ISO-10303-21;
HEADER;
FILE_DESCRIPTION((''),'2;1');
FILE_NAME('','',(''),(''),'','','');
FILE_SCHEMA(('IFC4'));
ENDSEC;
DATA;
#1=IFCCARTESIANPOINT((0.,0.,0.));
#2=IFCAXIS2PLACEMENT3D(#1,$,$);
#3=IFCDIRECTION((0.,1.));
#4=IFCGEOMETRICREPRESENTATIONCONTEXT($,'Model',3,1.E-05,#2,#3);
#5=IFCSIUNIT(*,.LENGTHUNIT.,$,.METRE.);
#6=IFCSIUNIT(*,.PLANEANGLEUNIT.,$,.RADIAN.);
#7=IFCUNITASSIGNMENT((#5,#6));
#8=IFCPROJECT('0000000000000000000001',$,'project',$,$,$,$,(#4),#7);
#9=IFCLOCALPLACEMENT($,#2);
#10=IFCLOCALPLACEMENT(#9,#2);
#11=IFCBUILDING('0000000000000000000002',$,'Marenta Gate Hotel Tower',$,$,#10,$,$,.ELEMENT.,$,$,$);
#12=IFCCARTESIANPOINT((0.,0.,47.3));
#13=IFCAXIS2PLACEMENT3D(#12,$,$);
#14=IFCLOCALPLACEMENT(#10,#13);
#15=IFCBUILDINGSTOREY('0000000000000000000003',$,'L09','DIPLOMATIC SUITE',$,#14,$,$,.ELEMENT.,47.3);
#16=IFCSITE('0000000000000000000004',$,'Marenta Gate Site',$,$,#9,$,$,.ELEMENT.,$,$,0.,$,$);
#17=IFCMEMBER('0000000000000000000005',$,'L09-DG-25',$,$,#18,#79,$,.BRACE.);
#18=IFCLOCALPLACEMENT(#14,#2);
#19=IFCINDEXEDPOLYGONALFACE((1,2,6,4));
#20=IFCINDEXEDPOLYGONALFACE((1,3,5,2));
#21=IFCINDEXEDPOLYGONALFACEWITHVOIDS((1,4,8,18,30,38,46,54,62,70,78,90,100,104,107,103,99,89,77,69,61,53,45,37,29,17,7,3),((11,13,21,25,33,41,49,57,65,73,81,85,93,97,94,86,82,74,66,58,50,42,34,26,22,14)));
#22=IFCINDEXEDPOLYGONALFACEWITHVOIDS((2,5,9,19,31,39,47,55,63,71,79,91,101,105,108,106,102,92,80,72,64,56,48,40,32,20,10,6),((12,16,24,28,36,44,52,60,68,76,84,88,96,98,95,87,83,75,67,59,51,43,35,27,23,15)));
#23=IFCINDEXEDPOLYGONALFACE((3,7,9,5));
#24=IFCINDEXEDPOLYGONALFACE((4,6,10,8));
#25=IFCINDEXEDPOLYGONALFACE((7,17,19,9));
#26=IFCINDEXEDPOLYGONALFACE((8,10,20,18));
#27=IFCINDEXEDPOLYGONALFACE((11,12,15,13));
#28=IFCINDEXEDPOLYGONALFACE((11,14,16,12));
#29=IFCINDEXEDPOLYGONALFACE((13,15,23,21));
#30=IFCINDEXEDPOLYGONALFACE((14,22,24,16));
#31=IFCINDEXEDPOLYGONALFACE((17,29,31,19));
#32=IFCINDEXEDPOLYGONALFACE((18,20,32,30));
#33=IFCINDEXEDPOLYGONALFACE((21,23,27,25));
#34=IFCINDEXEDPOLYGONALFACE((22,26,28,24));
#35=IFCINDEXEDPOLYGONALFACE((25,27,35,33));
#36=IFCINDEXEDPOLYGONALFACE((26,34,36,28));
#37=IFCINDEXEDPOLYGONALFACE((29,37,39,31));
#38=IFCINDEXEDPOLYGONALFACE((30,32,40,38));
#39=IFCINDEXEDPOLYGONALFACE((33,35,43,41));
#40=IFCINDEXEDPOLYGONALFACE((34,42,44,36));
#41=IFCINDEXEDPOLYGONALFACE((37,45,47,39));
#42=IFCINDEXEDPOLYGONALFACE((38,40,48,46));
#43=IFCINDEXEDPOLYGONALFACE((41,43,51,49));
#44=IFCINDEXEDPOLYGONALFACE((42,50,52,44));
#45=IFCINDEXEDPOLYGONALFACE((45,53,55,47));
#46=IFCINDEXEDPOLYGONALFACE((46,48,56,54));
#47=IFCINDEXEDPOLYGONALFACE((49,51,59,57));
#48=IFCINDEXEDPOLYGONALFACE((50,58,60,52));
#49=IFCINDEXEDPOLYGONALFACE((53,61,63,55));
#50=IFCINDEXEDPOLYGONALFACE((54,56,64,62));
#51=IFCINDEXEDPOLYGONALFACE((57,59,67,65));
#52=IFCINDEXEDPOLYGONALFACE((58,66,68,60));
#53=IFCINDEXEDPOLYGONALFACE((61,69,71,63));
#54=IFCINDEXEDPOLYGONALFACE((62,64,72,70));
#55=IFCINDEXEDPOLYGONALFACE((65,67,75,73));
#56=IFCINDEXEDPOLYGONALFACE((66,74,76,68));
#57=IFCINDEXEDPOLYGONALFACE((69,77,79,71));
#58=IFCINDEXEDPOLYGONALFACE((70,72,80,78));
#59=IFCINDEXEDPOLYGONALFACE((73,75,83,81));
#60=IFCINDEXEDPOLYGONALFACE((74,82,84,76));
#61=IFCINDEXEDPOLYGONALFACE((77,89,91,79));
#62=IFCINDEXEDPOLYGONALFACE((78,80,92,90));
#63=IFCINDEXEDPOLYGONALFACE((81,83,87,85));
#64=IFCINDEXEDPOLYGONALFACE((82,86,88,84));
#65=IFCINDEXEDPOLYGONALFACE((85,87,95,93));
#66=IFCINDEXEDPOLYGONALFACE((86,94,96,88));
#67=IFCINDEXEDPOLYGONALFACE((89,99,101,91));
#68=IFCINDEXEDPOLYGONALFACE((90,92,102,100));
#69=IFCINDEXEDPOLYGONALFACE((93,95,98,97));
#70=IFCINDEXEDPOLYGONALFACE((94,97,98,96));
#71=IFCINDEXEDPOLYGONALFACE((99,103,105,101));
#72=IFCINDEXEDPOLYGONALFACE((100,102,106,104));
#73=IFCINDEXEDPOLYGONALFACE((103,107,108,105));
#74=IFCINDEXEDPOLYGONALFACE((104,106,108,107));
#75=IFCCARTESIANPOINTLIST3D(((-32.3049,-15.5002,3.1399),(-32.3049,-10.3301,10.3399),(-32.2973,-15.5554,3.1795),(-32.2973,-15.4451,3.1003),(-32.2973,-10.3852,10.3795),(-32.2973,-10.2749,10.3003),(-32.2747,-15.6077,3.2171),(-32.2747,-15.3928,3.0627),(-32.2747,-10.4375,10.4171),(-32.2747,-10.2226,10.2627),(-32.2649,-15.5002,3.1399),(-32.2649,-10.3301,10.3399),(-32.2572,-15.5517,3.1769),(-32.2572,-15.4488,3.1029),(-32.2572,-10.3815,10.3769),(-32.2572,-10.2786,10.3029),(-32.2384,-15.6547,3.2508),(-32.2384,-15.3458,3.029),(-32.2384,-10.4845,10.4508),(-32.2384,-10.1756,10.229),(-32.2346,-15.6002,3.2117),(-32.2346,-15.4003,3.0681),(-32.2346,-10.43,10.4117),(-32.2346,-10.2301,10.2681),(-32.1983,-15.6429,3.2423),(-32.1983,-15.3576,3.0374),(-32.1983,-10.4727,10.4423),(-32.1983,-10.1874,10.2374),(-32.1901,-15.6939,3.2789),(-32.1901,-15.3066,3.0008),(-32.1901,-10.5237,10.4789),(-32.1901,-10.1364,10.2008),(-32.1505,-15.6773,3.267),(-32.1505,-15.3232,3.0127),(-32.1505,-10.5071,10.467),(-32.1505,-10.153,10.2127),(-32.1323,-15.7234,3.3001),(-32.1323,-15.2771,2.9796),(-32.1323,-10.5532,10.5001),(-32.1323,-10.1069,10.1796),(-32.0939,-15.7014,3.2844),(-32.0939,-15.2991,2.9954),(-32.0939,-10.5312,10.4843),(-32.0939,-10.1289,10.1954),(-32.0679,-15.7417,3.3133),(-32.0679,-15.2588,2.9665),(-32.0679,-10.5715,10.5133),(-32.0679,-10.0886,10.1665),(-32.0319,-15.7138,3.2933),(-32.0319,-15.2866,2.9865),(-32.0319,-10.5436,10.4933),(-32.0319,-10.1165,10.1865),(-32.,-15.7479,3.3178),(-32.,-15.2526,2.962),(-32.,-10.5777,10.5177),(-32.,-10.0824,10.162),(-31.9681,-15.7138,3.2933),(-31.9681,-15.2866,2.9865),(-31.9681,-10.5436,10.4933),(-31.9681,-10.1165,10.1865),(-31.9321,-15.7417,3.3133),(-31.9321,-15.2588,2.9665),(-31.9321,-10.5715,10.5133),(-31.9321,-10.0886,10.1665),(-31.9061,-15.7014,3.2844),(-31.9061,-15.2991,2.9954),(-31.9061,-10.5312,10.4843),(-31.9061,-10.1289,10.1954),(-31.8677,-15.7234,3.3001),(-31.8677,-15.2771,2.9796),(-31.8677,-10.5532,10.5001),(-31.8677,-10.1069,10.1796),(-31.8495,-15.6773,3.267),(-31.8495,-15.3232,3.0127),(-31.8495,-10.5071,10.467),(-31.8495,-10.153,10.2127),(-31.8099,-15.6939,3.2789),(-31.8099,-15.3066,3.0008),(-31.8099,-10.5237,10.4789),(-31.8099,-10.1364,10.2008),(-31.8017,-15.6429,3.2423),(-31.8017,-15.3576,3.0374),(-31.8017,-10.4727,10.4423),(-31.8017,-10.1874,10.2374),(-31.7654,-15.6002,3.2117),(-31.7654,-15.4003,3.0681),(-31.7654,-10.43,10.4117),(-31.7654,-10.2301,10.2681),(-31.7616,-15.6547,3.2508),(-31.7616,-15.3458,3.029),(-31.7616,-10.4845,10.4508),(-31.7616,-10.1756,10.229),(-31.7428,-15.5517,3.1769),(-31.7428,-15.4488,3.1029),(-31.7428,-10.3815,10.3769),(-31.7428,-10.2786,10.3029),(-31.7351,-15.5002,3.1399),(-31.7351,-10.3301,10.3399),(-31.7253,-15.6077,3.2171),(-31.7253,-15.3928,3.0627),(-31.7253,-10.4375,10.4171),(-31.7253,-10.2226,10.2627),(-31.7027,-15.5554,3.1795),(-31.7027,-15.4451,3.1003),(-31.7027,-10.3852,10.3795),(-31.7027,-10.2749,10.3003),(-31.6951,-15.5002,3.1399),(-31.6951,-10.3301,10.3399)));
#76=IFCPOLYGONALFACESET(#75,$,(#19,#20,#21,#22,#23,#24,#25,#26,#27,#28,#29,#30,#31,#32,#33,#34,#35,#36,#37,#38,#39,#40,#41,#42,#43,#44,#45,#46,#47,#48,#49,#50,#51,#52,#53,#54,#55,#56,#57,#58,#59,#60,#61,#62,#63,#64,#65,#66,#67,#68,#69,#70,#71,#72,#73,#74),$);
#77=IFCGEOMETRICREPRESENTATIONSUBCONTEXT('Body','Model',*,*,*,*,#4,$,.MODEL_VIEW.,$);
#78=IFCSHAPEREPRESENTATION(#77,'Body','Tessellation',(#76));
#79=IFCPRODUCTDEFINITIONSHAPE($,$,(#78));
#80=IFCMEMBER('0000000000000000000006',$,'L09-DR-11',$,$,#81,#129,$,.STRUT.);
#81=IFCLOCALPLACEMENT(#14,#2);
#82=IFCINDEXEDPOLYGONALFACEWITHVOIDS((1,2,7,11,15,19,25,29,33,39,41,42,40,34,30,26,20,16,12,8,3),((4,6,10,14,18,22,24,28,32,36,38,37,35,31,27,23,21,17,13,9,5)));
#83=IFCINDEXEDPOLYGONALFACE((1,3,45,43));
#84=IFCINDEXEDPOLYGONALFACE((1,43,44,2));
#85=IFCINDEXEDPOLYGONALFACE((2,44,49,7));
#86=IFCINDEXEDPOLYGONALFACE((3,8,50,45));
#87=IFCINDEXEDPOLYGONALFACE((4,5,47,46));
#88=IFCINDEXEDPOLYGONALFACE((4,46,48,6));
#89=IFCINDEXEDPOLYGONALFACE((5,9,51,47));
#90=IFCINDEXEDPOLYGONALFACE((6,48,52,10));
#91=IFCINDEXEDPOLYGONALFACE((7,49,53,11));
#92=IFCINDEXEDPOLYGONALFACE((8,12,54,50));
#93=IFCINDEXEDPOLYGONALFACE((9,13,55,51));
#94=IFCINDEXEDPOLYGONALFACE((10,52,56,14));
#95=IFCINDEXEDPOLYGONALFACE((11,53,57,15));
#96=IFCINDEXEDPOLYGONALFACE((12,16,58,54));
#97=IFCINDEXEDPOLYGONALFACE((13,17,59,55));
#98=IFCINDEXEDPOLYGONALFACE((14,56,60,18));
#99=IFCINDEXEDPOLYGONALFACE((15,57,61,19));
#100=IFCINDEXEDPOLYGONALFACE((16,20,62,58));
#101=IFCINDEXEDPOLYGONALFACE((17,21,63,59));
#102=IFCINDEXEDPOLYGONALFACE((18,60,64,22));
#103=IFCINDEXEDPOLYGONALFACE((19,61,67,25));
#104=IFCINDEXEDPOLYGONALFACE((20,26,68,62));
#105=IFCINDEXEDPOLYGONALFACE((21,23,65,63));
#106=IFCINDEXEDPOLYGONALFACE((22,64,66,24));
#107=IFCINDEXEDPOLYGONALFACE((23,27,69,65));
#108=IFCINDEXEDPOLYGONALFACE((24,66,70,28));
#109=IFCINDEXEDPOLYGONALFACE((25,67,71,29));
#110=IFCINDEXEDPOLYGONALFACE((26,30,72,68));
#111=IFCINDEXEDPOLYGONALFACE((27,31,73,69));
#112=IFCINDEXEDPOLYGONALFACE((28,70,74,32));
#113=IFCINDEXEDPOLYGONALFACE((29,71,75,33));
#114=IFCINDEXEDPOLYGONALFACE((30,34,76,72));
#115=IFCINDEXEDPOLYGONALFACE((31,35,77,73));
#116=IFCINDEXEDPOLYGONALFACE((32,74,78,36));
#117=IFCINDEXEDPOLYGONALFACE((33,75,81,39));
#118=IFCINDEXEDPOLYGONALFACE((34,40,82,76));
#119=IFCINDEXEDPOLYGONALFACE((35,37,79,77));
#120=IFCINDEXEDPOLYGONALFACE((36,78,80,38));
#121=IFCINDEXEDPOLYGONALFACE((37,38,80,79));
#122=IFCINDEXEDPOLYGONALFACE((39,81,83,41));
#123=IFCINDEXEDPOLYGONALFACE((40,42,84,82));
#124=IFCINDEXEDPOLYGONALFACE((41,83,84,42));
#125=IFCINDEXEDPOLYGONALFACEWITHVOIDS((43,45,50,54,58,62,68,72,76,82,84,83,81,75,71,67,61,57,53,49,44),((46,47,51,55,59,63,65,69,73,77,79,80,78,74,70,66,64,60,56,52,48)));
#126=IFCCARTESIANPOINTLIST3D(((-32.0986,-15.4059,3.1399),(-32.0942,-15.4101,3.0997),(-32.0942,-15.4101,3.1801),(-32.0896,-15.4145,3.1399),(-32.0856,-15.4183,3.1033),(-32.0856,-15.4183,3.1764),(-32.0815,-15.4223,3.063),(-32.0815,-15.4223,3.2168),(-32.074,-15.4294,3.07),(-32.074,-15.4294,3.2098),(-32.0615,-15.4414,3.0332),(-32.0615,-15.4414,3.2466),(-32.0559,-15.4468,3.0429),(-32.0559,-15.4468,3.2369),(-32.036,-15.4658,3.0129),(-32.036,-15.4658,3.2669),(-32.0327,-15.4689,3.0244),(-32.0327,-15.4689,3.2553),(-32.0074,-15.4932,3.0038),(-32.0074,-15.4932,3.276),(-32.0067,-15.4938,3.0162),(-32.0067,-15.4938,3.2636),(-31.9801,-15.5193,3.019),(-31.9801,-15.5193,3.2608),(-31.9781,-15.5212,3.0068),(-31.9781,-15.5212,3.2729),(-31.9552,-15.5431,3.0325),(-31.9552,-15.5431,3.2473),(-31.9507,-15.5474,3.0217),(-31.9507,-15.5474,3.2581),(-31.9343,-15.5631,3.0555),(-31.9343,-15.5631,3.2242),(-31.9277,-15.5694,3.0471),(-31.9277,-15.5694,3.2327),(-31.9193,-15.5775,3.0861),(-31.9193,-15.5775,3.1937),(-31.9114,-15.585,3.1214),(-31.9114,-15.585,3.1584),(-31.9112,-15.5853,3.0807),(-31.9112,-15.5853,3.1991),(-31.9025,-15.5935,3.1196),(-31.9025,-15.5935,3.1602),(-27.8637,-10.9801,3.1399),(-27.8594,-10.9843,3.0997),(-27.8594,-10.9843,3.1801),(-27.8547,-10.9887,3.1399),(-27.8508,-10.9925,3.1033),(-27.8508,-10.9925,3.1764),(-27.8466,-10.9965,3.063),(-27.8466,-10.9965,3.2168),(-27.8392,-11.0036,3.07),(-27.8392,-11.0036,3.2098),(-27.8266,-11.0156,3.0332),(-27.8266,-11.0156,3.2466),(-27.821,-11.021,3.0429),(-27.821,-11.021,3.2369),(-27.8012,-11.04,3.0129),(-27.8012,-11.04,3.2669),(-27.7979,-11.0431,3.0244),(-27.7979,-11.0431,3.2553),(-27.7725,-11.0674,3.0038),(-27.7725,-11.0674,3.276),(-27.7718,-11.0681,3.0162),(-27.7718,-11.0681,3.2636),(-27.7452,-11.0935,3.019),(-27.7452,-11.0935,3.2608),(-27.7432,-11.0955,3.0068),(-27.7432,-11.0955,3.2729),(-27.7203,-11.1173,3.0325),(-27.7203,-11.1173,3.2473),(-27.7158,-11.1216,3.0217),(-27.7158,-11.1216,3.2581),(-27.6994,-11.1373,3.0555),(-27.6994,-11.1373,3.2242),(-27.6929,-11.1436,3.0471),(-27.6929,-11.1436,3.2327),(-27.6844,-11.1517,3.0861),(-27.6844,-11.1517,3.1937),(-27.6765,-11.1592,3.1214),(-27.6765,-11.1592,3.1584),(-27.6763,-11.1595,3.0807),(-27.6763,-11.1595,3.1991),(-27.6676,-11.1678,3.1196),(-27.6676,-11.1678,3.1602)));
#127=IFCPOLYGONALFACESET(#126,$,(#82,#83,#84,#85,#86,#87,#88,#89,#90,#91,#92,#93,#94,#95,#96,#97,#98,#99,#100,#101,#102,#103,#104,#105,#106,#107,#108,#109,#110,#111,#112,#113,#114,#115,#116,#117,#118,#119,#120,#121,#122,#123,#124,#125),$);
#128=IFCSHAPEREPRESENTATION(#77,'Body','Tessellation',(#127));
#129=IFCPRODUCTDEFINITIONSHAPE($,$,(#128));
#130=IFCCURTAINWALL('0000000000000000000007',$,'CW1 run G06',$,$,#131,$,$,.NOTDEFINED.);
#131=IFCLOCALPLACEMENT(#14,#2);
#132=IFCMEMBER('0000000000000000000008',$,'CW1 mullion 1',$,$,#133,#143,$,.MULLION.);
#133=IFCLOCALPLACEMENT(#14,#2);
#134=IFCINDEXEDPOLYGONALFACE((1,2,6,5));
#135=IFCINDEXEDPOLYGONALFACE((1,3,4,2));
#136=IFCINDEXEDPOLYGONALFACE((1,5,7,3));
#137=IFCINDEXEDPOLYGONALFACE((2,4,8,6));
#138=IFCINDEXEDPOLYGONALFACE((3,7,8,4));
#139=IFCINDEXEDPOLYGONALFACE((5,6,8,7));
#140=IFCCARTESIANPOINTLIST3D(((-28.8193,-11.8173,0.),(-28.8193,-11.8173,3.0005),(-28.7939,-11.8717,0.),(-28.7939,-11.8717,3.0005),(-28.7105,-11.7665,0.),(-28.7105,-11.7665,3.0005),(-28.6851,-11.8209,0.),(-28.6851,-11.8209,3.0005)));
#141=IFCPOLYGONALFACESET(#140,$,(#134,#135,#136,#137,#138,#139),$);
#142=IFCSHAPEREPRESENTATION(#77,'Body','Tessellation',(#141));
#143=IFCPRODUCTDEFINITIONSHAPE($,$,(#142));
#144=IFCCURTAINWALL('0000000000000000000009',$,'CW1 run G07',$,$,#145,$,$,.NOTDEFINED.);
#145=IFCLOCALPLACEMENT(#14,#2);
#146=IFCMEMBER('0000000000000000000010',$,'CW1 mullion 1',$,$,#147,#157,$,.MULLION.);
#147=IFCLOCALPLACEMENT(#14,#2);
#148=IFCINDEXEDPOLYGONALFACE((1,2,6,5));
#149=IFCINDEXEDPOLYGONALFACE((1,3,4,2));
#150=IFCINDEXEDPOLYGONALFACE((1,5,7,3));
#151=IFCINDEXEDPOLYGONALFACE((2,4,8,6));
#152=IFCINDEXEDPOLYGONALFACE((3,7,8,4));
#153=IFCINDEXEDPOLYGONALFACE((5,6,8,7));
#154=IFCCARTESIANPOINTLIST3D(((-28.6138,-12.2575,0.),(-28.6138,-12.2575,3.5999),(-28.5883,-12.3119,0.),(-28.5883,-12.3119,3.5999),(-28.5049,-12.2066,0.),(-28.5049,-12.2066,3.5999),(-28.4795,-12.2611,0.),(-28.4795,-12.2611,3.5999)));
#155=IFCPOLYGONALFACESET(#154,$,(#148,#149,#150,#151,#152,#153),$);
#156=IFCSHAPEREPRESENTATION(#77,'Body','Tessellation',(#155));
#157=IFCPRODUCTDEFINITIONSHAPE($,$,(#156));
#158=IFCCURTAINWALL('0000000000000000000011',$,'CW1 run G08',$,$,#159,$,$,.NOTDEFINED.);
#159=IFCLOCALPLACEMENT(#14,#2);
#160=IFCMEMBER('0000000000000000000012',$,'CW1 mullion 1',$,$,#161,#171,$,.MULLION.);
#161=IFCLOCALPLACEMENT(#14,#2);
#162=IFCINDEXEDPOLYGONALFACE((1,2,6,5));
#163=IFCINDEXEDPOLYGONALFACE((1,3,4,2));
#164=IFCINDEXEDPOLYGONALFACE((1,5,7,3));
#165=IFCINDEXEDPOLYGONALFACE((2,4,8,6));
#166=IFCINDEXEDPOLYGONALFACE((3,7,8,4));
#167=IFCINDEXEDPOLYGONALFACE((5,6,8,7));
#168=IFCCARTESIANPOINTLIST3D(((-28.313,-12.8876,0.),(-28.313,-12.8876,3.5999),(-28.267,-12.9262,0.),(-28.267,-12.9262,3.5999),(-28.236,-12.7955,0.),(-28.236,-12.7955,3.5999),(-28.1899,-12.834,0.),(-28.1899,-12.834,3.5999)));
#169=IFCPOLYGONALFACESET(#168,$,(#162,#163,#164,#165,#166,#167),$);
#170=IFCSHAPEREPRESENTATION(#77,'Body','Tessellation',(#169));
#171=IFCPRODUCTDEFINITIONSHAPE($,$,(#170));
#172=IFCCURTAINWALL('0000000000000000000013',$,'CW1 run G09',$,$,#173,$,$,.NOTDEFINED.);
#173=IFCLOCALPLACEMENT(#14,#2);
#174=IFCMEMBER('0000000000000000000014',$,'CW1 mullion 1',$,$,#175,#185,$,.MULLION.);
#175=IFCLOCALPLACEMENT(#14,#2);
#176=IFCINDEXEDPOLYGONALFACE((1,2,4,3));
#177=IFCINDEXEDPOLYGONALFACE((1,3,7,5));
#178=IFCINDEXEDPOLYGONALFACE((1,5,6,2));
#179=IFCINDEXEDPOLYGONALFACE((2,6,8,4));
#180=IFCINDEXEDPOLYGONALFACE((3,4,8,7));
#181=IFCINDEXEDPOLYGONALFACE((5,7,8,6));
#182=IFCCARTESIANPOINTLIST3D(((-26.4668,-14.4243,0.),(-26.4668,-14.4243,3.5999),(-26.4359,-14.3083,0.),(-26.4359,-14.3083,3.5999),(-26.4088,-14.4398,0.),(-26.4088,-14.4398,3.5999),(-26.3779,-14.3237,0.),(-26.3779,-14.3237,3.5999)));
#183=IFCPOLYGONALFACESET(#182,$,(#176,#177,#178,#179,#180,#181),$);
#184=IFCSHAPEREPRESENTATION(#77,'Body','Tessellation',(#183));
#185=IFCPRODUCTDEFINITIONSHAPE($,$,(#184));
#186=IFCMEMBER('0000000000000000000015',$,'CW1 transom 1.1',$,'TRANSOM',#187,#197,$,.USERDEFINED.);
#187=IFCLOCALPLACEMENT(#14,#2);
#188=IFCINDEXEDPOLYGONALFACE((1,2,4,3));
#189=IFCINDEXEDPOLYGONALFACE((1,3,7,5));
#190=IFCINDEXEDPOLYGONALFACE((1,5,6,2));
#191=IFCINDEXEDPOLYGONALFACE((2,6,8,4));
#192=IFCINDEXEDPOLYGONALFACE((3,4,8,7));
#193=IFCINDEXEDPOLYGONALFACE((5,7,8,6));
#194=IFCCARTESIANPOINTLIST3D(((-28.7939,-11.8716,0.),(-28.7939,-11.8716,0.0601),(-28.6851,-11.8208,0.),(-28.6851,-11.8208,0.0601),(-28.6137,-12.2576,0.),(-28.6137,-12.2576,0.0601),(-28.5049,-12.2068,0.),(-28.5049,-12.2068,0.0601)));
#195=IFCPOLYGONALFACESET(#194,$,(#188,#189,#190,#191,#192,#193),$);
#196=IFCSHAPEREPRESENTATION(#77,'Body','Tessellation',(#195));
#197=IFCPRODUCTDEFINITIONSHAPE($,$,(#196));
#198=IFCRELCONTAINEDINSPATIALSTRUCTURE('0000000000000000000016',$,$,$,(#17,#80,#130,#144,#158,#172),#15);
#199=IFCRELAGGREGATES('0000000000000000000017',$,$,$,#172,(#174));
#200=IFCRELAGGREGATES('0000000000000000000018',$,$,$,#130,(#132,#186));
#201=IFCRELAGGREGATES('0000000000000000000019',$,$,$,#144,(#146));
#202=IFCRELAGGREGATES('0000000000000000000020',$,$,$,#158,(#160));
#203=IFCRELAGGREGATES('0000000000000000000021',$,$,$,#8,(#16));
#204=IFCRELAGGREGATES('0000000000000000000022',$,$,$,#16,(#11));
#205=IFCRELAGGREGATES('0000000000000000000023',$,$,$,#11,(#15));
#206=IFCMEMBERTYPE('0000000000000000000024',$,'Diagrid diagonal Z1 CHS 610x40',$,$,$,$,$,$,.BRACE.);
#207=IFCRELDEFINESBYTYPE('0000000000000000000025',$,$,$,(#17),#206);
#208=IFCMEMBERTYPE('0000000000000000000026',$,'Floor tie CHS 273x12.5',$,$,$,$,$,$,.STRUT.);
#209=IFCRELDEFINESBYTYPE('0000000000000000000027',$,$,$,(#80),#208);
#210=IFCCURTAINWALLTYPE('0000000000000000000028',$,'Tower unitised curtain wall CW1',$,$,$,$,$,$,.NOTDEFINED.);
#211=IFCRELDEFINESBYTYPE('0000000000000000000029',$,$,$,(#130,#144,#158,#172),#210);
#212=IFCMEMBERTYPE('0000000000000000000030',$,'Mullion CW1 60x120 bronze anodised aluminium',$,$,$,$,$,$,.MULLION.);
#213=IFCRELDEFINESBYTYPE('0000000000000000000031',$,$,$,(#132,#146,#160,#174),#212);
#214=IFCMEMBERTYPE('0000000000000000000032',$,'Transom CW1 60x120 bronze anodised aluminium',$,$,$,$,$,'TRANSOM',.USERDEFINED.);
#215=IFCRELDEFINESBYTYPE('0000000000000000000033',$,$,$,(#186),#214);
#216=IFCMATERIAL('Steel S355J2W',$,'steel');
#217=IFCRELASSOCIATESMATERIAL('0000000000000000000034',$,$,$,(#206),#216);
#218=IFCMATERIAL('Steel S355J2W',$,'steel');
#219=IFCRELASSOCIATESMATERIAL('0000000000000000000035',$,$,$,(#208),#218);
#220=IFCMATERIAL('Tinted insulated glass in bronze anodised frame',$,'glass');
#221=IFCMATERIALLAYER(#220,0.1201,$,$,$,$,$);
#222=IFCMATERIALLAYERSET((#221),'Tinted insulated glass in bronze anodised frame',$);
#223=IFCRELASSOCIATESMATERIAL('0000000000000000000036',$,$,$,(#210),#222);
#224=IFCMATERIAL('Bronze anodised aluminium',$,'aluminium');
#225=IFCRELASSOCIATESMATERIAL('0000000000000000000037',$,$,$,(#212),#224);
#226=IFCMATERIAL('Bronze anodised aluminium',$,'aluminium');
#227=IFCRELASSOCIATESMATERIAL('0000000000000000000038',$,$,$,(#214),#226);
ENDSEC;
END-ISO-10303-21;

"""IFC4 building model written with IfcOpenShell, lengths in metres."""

from ifc_helpers import new_model, si_unit, direction, frame, origin, origin_2d, place, context, subcontext, project, spatial, rectangle, hollow_circle, extrude, material, layer, layer_set, material_profile, profile_set, type_object, element, aggregate, save


model = new_model("IFC4")

# Units and contexts
model_context = context("Model", 3, precision=1e-05, world=origin(), true_north=direction((0.0, 1.0)))
body_context = subcontext(model_context, "Body", "Model", "MODEL_VIEW")
ifc_project = project(units=[si_unit("LENGTHUNIT", "METRE"), si_unit("PLANEANGLEUNIT", "RADIAN")], contexts=[model_context])

# Site, building, storey
site_placement = place(None, origin())
site = spatial("IfcSite", under=ifc_project, at=site_placement, Name="Marenta Gate Site", CompositionType="ELEMENT", RefElevation=0.0)
building_placement = place(site_placement, origin())
building = spatial("IfcBuilding", under=site, at=building_placement, Name="Marenta Gate Hotel Tower", CompositionType="ELEMENT")
storey_placement = place(building_placement, frame((0.0, 0.0, 47.3)))
storey = spatial("IfcBuildingStorey", under=building, at=storey_placement, Name="L09", Description="DIPLOMATIC SUITE", CompositionType="ELEMENT", Elevation=47.3)

# Members
ifc_material_1 = material(Name="Steel S355J2W", Category="steel")
ifc_material_profile_1 = material_profile(ifc_material_1, hollow_circle(Radius=0.3049, WallThickness=0.04, at=origin_2d()), Name="CHS 610x40")
ifc_profile_set_1 = profile_set([ifc_material_profile_1], Name="Steel S355J2W")
member_type_1 = type_object("IfcMemberType", Name="Diagrid diagonal Z1 CHS 610x40", PredefinedType="BRACE", material=ifc_profile_set_1)
member_1_placement = place(storey_placement, frame((-32.0, -15.5002, 3.1399), z_axis=(0.0, 0.583279, 0.812272), x_axis=(-1.0, 0.0, 0.0)))
element("IfcMember", 1, at=member_1_placement, inside=storey, type_object=member_type_1, Name="L09-DG-25", PredefinedType="BRACE", context=body_context, shape_type="SweptSolid", body=[
    extrude(hollow_circle(Radius=0.3049, WallThickness=0.04, at=origin_2d()), origin(), (0.0, 0.0, 1.0), 8.864),
])
ifc_material_2 = material(Name="Steel S355J2W", Category="steel")
ifc_material_profile_2 = material_profile(ifc_material_2, hollow_circle(Radius=0.1365, WallThickness=0.0125, at=origin_2d()), Name="CHS 273x12.5")
ifc_profile_set_2 = profile_set([ifc_material_profile_2], Name="Steel S355J2W")
member_type_2 = type_object("IfcMemberType", Name="Floor tie CHS 273x12.5", PredefinedType="STRUT", material=ifc_profile_set_2)
member_2_placement = place(storey_placement, frame((-32.0, -15.5002, 3.1399), z_axis=(0.691351, 0.722519, 0.0), x_axis=(-0.722519, 0.691351, 0.0)))
element("IfcMember", 2, at=member_2_placement, inside=storey, type_object=member_type_2, Name="L09-DR-11", PredefinedType="STRUT", context=body_context, shape_type="SweptSolid", body=[
    extrude(hollow_circle(Radius=0.1365, WallThickness=0.0125, at=origin_2d()), origin(), (0.0, 0.0, 1.0), 6.1255),
])

# Curtain walls, members
ifc_material_3 = material(Name="Tinted insulated glass in bronze anodised frame", Category="glass")
ifc_layer_1 = layer(ifc_material_3, 0.1201)
ifc_layer_set_1 = layer_set([ifc_layer_1], Name="Tinted insulated glass in bronze anodised frame")
curtain_wall_type = type_object("IfcCurtainWallType", Name="Tower unitised curtain wall CW1", PredefinedType="NOTDEFINED", material=ifc_layer_set_1)
curtain_wall_1_placement = place(storey_placement, origin())
curtain_wall_1 = element("IfcCurtainWall", 3, at=curtain_wall_1_placement, inside=storey, type_object=curtain_wall_type, Name="CW1 run G06", PredefinedType="NOTDEFINED")
ifc_material_4 = material(Name="Bronze anodised aluminium", Category="aluminium")
ifc_material_profile_3 = material_profile(ifc_material_4, rectangle(XDim=0.1201, YDim=0.0601, at=origin_2d()), Name="Mullion CW1 60x120 bronze anodised aluminium")
ifc_profile_set_3 = profile_set([ifc_material_profile_3], Name="Bronze anodised aluminium")
member_type_3 = type_object("IfcMemberType", Name="Mullion CW1 60x120 bronze anodised aluminium", PredefinedType="MULLION", material=ifc_profile_set_3)
member_3_placement = place(storey_placement, frame((-28.7522, -11.8191, 0.0), z_axis=(0.0, 0.0, 1.0), x_axis=(0.906004, 0.423268, 0.0)))
member_3 = element("IfcMember", 4, at=member_3_placement, type_object=member_type_3, Name="CW1 mullion 1", PredefinedType="MULLION", context=body_context, shape_type="SweptSolid", body=[
    extrude(rectangle(XDim=0.1201, YDim=0.0601, at=origin_2d()), origin(), (0.0, 0.0, 1.0), 3.0005),
])
curtain_wall_2_placement = place(storey_placement, origin())
curtain_wall_2 = element("IfcCurtainWall", 5, at=curtain_wall_2_placement, inside=storey, type_object=curtain_wall_type, Name="CW1 run G07", PredefinedType="NOTDEFINED")
member_4_placement = place(storey_placement, frame((-28.5466, -12.2593, 0.0), z_axis=(0.0, 0.0, 1.0), x_axis=(0.905944, 0.423398, 0.0)))
member_4 = element("IfcMember", 6, at=member_4_placement, type_object=member_type_3, Name="CW1 mullion 1", PredefinedType="MULLION", context=body_context, shape_type="SweptSolid", body=[
    extrude(rectangle(XDim=0.1201, YDim=0.0601, at=origin_2d()), origin(), (0.0, 0.0, 1.0), 3.5999),
])
curtain_wall_3_placement = place(storey_placement, origin())
curtain_wall_3 = element("IfcCurtainWall", 7, at=curtain_wall_3_placement, inside=storey, type_object=curtain_wall_type, Name="CW1 run G08", PredefinedType="NOTDEFINED")
member_5_placement = place(storey_placement, frame((-28.2515, -12.8608, 0.0), z_axis=(0.0, 0.0, 1.0), x_axis=(0.641512, 0.767113, 0.0)))
member_5 = element("IfcMember", 8, at=member_5_placement, type_object=member_type_3, Name="CW1 mullion 1", PredefinedType="MULLION", context=body_context, shape_type="SweptSolid", body=[
    extrude(rectangle(XDim=0.1201, YDim=0.0601, at=origin_2d()), origin(), (0.0, 0.0, 1.0), 3.5999),
])
curtain_wall_4_placement = place(storey_placement, origin())
curtain_wall_4 = element("IfcCurtainWall", 9, at=curtain_wall_4_placement, inside=storey, type_object=curtain_wall_type, Name="CW1 run G09", PredefinedType="NOTDEFINED")
member_6_placement = place(storey_placement, frame((-26.4224, -14.374, 0.0), z_axis=(0.0, 0.0, 1.0), x_axis=(0.257142, 0.966374, 0.0)))
member_6 = element("IfcMember", 10, at=member_6_placement, type_object=member_type_3, Name="CW1 mullion 1", PredefinedType="MULLION", context=body_context, shape_type="SweptSolid", body=[
    extrude(rectangle(XDim=0.1201, YDim=0.0601, at=origin_2d()), origin(), (0.0, 0.0, 1.0), 3.5999),
])

# Member
ifc_material_5 = material(Name="Bronze anodised aluminium", Category="aluminium")
ifc_material_profile_4 = material_profile(ifc_material_5, rectangle(XDim=0.1201, YDim=0.0601, at=origin_2d()), Name="Transom CW1 60x120 bronze anodised aluminium")
ifc_profile_set_4 = profile_set([ifc_material_profile_4], Name="Bronze anodised aluminium")
member_type_4 = type_object("IfcMemberType", Name="Transom CW1 60x120 bronze anodised aluminium", ElementType="TRANSOM", PredefinedType="USERDEFINED", material=ifc_profile_set_4)
member_7_placement = place(storey_placement, frame((-28.7395, -11.8462, 0.03), z_axis=(0.42298, -0.906139, 0.0), x_axis=(0.906139, 0.42298, 0.0)))
member_7 = element("IfcMember", 11, at=member_7_placement, type_object=member_type_4, Name="CW1 transom 1.1", ObjectType="TRANSOM", PredefinedType="USERDEFINED", context=body_context, shape_type="SweptSolid", body=[
    extrude(rectangle(XDim=0.1201, YDim=0.0601, at=origin_2d()), origin(), (0.0, 0.0, 1.0), 0.426),
])
aggregate(curtain_wall_4, [member_6])

aggregate(curtain_wall_1, [member_3, member_7])
aggregate(curtain_wall_2, [member_4])
aggregate(curtain_wall_3, [member_5])

save(model, "model.ifc")
